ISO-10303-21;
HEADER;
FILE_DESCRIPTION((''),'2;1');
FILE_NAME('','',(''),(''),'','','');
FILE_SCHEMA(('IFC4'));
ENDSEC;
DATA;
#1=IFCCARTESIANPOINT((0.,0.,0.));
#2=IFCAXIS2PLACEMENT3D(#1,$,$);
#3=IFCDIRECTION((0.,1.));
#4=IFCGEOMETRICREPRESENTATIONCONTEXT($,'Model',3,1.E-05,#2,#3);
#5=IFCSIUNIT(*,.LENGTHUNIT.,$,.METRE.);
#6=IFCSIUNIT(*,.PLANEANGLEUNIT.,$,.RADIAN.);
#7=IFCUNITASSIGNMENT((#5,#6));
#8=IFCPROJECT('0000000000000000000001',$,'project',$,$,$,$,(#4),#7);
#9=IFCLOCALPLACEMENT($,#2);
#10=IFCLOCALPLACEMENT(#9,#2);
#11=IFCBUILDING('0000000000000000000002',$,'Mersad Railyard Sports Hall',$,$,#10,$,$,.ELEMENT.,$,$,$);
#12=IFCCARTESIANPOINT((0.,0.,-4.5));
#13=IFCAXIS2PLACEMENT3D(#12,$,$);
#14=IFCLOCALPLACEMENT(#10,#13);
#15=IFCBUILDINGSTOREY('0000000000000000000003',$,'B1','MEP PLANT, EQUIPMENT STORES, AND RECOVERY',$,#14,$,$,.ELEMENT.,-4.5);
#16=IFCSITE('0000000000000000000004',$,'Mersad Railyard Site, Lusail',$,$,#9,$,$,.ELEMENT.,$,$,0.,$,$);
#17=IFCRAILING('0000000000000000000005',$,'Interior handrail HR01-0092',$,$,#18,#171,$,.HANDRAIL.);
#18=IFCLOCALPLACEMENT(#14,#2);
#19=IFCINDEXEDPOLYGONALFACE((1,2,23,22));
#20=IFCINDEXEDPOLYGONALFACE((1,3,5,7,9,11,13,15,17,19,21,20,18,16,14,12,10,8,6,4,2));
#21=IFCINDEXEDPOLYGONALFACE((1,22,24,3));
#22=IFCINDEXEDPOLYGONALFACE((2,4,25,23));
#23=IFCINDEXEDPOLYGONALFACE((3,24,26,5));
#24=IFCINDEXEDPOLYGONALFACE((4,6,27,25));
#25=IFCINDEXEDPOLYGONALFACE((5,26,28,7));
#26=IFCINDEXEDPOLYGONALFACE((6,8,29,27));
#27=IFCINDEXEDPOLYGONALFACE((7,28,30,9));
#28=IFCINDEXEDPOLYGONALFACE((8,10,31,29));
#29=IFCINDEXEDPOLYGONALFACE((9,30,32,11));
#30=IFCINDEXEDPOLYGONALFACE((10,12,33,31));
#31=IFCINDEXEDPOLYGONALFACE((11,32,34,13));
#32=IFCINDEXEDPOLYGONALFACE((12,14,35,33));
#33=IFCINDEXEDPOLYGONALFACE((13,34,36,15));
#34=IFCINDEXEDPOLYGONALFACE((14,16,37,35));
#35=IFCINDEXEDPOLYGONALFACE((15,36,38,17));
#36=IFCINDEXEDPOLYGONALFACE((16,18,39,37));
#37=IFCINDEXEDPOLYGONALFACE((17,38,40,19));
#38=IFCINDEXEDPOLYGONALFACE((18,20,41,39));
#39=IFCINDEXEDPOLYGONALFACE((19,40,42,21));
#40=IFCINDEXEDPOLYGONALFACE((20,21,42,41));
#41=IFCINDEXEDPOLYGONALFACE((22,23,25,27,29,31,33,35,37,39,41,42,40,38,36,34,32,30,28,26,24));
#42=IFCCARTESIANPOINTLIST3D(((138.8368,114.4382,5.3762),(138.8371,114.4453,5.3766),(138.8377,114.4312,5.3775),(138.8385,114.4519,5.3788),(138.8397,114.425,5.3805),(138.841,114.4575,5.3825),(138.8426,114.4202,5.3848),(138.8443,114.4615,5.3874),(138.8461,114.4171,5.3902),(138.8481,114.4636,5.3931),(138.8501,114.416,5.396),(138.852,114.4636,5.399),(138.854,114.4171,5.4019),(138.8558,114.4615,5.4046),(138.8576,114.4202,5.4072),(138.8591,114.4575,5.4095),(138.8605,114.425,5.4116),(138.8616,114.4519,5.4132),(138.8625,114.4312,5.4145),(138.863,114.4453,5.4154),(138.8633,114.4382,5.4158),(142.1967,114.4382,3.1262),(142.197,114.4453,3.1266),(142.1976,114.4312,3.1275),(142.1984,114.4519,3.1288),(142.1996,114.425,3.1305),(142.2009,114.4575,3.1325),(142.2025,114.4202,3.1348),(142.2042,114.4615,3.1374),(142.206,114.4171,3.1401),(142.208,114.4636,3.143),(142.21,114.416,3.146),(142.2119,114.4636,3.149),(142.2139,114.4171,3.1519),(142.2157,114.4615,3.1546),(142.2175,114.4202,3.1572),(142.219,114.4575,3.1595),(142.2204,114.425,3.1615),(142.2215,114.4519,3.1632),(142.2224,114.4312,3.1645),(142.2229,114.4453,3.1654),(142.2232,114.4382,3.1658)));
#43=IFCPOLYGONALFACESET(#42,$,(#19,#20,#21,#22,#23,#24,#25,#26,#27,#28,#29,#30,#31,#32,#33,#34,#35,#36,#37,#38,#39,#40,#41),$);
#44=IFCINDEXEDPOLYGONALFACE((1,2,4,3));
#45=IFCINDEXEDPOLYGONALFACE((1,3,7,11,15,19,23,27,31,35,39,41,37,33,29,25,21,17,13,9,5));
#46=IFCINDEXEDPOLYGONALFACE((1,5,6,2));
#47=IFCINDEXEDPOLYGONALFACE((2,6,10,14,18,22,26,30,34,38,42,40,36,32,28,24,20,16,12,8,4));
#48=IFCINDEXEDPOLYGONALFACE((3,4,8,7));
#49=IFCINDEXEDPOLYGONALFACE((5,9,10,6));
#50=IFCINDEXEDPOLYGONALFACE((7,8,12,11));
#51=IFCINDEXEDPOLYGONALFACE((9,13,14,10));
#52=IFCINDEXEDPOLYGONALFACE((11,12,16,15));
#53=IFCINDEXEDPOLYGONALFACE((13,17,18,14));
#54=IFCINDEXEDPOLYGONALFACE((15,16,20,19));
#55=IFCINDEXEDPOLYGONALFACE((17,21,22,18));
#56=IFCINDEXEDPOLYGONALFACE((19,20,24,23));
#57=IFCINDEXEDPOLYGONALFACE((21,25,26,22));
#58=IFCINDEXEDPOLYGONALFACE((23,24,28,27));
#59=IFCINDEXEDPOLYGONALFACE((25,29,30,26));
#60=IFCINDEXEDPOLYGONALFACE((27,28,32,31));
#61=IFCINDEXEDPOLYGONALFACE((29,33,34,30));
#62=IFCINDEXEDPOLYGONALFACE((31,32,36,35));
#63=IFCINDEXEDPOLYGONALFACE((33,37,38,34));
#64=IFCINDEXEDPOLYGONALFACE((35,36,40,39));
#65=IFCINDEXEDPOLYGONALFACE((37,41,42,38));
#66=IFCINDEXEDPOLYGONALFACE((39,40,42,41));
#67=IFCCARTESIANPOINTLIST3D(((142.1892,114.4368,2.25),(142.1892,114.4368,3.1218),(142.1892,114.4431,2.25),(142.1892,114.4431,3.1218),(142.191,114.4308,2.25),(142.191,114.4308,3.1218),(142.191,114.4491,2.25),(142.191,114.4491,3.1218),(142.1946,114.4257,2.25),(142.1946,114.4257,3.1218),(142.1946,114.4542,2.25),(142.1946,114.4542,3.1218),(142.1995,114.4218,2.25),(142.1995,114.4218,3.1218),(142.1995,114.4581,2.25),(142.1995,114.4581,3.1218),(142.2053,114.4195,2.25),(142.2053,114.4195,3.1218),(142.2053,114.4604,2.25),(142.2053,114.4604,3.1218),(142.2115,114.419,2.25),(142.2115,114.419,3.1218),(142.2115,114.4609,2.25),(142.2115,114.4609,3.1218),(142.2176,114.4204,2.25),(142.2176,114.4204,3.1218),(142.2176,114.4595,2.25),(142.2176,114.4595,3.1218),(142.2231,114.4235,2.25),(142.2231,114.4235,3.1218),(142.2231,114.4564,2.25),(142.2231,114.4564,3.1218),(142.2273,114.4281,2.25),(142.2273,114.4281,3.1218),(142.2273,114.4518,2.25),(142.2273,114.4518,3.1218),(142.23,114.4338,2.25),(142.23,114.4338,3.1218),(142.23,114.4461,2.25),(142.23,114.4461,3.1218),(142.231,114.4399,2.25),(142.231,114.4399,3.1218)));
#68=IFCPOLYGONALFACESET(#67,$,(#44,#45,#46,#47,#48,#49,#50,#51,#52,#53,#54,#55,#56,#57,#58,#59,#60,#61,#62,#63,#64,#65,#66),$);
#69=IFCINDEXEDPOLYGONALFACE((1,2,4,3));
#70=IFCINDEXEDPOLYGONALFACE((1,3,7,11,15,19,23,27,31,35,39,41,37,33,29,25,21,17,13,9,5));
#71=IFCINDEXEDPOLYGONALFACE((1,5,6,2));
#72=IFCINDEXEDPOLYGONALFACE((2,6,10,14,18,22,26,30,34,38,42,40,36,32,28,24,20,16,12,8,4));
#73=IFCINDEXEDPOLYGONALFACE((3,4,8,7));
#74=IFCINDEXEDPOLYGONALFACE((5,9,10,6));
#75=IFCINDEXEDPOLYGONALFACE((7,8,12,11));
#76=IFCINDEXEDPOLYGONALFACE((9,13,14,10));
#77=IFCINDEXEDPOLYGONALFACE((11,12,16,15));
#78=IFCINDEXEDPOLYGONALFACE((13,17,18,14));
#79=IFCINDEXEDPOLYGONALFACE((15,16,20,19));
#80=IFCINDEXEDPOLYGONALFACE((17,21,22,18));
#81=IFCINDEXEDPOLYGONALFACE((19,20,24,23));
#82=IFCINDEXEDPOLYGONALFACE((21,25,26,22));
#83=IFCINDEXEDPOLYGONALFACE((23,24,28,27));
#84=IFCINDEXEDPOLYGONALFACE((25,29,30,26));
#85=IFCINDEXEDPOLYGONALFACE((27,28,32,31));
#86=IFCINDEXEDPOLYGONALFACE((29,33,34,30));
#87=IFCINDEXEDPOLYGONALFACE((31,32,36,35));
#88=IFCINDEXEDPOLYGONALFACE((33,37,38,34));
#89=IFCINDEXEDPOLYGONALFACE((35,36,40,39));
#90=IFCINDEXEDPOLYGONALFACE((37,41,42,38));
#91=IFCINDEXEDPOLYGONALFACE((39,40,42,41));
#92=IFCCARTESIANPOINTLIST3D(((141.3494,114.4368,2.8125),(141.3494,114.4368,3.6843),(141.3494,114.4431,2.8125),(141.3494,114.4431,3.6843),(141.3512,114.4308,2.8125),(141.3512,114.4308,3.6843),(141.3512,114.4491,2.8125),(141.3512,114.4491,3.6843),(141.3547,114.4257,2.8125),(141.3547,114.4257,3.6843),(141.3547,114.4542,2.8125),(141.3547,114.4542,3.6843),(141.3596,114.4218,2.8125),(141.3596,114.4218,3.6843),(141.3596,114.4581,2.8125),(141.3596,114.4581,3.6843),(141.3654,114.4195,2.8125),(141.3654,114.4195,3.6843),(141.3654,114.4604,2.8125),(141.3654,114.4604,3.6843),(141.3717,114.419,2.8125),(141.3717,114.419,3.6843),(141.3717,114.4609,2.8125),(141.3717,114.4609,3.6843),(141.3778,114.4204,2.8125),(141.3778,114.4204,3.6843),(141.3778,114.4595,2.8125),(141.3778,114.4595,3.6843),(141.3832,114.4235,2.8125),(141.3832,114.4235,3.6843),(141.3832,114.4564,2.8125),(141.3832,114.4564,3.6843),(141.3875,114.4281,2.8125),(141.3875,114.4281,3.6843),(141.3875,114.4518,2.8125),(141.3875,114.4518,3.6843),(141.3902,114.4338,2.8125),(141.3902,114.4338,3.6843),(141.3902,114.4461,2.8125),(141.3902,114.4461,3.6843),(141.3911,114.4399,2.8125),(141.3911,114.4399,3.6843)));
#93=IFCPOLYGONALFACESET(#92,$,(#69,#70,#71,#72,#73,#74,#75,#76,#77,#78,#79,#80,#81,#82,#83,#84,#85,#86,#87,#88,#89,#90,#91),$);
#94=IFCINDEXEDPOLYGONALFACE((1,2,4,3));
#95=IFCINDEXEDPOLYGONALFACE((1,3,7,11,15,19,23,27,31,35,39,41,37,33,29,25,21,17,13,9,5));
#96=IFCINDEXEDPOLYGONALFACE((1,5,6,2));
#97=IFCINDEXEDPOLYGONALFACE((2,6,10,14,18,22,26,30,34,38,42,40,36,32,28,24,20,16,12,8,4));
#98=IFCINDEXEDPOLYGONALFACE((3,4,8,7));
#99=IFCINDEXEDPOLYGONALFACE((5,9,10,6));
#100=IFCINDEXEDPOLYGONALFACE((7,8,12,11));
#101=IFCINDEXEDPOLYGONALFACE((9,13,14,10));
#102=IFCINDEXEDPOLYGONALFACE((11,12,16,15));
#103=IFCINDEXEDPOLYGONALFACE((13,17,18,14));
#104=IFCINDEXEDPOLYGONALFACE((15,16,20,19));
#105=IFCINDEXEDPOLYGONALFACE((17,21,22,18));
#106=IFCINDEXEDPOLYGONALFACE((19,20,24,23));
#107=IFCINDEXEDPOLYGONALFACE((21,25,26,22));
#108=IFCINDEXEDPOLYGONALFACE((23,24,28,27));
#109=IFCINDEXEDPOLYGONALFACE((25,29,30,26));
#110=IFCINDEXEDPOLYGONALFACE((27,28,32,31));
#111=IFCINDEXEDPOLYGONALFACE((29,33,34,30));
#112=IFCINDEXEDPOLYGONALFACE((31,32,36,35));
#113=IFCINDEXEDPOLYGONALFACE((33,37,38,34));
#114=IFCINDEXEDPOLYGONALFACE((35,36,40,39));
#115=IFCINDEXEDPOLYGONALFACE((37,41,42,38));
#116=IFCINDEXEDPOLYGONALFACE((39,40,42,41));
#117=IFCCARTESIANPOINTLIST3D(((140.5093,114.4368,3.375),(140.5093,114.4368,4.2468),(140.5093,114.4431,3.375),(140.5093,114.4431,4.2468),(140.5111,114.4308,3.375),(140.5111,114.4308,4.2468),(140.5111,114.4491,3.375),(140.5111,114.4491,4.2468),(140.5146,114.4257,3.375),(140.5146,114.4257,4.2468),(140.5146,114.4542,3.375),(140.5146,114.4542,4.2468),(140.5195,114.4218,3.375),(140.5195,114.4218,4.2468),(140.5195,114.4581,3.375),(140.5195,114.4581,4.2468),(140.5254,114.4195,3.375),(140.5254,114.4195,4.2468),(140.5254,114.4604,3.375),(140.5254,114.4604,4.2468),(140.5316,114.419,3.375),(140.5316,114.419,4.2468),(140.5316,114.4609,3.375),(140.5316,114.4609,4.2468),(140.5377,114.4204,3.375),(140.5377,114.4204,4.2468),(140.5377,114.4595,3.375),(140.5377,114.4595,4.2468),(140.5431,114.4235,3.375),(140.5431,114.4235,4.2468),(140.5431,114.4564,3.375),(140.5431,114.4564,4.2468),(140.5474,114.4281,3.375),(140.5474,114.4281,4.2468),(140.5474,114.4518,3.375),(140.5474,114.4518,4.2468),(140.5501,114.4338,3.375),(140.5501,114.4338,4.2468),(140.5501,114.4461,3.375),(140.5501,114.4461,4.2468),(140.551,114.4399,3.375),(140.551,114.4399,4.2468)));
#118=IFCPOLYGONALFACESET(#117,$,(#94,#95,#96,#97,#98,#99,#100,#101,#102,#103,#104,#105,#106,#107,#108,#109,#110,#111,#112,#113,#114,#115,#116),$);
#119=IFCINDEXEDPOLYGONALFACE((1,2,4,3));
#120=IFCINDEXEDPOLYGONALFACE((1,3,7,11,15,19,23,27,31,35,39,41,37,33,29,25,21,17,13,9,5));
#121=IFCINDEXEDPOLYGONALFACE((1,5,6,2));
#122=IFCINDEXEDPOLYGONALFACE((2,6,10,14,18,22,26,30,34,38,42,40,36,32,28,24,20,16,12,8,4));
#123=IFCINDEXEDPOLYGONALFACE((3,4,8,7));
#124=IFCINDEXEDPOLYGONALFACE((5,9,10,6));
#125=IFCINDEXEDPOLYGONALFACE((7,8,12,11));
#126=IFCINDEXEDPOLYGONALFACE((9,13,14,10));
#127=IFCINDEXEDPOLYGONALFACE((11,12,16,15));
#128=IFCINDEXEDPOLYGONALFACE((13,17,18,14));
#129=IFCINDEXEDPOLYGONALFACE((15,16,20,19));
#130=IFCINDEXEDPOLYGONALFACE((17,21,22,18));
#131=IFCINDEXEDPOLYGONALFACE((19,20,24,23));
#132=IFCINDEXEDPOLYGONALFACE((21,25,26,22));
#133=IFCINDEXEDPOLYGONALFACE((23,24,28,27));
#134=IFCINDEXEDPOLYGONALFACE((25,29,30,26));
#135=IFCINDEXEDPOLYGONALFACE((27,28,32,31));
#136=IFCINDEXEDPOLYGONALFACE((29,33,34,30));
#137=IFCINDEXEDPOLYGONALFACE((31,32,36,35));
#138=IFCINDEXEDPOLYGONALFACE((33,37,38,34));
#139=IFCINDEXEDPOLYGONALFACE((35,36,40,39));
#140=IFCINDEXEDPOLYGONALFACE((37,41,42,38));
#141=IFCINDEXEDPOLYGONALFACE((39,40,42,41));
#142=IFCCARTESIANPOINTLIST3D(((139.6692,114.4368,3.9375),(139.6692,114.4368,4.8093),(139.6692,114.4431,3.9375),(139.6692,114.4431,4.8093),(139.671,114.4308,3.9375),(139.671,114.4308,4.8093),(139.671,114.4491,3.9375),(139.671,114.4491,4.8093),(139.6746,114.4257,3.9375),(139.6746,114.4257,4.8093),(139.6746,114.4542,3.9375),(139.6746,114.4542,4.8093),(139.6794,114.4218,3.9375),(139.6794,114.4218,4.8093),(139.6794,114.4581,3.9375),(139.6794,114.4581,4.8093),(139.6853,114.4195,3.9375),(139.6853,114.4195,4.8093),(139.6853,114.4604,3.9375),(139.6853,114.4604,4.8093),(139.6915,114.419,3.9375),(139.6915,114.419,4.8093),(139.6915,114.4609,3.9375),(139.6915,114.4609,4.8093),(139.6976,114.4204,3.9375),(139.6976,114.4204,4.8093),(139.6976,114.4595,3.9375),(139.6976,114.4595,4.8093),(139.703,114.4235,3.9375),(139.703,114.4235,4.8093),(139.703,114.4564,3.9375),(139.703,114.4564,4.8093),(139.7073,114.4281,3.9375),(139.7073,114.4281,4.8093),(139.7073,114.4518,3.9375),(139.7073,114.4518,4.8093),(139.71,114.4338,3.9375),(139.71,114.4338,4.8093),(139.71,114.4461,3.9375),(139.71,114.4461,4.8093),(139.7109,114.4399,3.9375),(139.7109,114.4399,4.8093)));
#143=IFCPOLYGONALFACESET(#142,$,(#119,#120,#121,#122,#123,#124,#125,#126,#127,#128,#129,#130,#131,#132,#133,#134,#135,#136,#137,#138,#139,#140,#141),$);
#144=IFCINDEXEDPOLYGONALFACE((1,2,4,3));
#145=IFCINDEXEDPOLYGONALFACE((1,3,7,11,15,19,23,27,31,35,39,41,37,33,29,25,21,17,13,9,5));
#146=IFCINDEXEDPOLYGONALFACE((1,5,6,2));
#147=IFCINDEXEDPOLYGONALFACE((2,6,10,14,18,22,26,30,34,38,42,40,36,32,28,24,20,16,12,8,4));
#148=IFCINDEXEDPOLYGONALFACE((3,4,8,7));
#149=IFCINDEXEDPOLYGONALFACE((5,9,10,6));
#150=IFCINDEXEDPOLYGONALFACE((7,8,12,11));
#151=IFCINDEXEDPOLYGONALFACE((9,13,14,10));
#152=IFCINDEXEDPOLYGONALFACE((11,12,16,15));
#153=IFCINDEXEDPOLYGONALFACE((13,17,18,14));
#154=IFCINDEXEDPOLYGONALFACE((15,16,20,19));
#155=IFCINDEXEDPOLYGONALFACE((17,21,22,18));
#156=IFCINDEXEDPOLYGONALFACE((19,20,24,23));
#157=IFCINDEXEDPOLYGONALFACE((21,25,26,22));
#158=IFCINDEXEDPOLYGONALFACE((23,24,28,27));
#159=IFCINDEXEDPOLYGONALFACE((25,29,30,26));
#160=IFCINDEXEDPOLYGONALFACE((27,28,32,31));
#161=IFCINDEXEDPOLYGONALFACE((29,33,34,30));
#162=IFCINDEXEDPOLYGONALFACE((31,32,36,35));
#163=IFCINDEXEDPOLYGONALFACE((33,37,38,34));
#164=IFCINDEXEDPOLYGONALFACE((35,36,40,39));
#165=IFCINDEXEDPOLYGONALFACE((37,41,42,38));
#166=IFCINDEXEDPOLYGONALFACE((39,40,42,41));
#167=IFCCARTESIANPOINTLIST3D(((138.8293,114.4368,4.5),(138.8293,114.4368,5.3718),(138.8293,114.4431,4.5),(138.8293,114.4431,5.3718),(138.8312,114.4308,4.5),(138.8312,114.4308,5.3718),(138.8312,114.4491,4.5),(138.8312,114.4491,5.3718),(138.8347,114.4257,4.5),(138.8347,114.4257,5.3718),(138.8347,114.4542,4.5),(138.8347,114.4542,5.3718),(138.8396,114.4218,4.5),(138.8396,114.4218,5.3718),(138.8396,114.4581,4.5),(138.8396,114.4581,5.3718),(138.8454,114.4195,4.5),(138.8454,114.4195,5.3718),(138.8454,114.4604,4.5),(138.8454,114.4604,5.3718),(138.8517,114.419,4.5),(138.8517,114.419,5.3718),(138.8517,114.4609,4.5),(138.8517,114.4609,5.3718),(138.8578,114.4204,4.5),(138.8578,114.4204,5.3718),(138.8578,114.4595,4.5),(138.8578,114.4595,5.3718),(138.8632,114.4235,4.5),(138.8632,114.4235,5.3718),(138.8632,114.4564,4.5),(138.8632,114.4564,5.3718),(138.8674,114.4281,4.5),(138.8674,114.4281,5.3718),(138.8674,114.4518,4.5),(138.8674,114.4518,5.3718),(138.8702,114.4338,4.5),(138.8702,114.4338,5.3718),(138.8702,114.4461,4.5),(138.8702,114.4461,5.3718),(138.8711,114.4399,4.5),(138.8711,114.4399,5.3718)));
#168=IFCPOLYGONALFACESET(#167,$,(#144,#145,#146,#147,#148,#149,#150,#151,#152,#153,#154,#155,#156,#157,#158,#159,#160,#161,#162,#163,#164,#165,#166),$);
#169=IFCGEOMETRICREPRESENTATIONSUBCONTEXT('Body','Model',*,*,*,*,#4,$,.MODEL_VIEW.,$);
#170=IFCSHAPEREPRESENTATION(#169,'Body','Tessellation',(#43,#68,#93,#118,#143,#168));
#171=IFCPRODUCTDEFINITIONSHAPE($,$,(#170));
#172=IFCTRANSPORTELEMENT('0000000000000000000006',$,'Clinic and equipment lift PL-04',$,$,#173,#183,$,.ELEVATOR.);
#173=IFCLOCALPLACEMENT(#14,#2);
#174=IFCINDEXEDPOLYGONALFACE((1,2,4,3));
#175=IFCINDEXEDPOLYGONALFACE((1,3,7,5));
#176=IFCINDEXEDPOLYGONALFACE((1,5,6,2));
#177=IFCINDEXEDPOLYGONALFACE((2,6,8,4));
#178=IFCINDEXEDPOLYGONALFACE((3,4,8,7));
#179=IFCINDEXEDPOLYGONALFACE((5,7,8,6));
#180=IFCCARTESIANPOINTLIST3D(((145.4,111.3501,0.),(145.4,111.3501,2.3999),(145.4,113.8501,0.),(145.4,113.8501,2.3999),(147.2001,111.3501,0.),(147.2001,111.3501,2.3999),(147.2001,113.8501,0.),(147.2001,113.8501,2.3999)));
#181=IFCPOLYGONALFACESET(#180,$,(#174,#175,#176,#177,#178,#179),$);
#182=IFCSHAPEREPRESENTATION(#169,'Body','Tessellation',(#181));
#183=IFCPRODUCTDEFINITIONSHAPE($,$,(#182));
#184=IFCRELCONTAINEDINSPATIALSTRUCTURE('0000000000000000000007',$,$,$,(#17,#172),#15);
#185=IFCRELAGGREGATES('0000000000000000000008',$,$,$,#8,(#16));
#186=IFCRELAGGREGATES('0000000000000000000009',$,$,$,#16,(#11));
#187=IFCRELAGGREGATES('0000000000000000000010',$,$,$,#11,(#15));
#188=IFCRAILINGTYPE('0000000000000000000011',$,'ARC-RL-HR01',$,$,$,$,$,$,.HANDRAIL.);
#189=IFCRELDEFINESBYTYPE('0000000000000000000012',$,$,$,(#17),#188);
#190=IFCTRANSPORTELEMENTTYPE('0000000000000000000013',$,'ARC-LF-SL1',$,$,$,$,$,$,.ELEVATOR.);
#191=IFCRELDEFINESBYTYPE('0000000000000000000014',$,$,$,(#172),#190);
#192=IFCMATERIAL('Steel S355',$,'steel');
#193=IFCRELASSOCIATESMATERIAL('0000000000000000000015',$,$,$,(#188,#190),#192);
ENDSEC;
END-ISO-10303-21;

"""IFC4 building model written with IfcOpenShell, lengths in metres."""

from ifc_helpers import new_model, si_unit, direction, frame, origin, origin_2d, place, context, subcontext, project, spatial, rectangle, circle, extrude, material, type_object, element, save


model = new_model("IFC4")

# Units and contexts
model_context = context("Model", 3, precision=1e-05, world=origin(), true_north=direction((0.0, 1.0)))
body_context = subcontext(model_context, "Body", "Model", "MODEL_VIEW")
ifc_project = project(units=[si_unit("LENGTHUNIT", "METRE"), si_unit("PLANEANGLEUNIT", "RADIAN")], contexts=[model_context])

# Site, building, storey
site_placement = place(None, origin())
site = spatial("IfcSite", under=ifc_project, at=site_placement, Name="Mersad Railyard Site, Lusail", CompositionType="ELEMENT", RefElevation=0.0)
building_placement = place(site_placement, origin())
building = spatial("IfcBuilding", under=site, at=building_placement, Name="Mersad Railyard Sports Hall", CompositionType="ELEMENT")
storey_placement = place(building_placement, frame((0.0, 0.0, -4.5)))
storey = spatial("IfcBuildingStorey", under=building, at=storey_placement, Name="B1", Description="MEP PLANT, EQUIPMENT STORES, AND RECOVERY", CompositionType="ELEMENT", Elevation=-4.5)

# Shared definitions
ifc_material_1 = material(Name="Steel S355", Category="steel")

# Railing
railing_type_1 = type_object("IfcRailingType", Name="ARC-RL-HR01", PredefinedType="HANDRAIL", material=ifc_material_1)
railing_1_placement = place(storey_placement, frame((142.21, 114.4399, 2.25)))
element("IfcRailing", 1, at=railing_1_placement, inside=storey, type_object=railing_type_1, Name="Interior handrail HR01-0092", PredefinedType="HANDRAIL", context=body_context, shape_type="SweptSolid", body=[
    extrude(circle(Radius=0.0239, at=origin_2d()), frame((0.0, 0.0, 0.896), z_axis=(-0.830897, 0.0, 0.556427), x_axis=(0.0, -1.0, 0.0)), (0.0, 0.0, 1.0), 4.0437),
    extrude(circle(Radius=0.021, at=origin_2d()), origin(), (0.0, 0.0, 1.0), 0.8718),
    extrude(circle(Radius=0.021, at=origin_2d()), frame((-0.8398, 0.0, 0.5625)), (0.0, 0.0, 1.0), 0.8718),
    extrude(circle(Radius=0.021, at=origin_2d()), frame((-1.6799, 0.0, 1.125)), (0.0, 0.0, 1.0), 0.8718),
    extrude(circle(Radius=0.021, at=origin_2d()), frame((-2.52, 0.0, 1.6875)), (0.0, 0.0, 1.0), 0.8718),
    extrude(circle(Radius=0.021, at=origin_2d()), frame((-3.3599, 0.0, 2.25)), (0.0, 0.0, 1.0), 0.8718),
])

# Transport element
transport_element_type = type_object("IfcTransportElementType", Name="ARC-LF-SL1", PredefinedType="ELEVATOR", material=ifc_material_1)
transport_element_placement = place(storey_placement, frame((146.3, 112.6001, 0.0), z_axis=(0.0, 0.0, 1.0), x_axis=(1.0, 0.0, 0.0)))
element("IfcTransportElement", 2, at=transport_element_placement, inside=storey, type_object=transport_element_type, Name="Clinic and equipment lift PL-04", PredefinedType="ELEVATOR", context=body_context, shape_type="SweptSolid", body=[
    extrude(rectangle(XDim=1.8, YDim=2.5, at=origin_2d()), origin(), (0.0, 0.0, 1.0), 2.3999),
])

save(model, "model.ifc")
